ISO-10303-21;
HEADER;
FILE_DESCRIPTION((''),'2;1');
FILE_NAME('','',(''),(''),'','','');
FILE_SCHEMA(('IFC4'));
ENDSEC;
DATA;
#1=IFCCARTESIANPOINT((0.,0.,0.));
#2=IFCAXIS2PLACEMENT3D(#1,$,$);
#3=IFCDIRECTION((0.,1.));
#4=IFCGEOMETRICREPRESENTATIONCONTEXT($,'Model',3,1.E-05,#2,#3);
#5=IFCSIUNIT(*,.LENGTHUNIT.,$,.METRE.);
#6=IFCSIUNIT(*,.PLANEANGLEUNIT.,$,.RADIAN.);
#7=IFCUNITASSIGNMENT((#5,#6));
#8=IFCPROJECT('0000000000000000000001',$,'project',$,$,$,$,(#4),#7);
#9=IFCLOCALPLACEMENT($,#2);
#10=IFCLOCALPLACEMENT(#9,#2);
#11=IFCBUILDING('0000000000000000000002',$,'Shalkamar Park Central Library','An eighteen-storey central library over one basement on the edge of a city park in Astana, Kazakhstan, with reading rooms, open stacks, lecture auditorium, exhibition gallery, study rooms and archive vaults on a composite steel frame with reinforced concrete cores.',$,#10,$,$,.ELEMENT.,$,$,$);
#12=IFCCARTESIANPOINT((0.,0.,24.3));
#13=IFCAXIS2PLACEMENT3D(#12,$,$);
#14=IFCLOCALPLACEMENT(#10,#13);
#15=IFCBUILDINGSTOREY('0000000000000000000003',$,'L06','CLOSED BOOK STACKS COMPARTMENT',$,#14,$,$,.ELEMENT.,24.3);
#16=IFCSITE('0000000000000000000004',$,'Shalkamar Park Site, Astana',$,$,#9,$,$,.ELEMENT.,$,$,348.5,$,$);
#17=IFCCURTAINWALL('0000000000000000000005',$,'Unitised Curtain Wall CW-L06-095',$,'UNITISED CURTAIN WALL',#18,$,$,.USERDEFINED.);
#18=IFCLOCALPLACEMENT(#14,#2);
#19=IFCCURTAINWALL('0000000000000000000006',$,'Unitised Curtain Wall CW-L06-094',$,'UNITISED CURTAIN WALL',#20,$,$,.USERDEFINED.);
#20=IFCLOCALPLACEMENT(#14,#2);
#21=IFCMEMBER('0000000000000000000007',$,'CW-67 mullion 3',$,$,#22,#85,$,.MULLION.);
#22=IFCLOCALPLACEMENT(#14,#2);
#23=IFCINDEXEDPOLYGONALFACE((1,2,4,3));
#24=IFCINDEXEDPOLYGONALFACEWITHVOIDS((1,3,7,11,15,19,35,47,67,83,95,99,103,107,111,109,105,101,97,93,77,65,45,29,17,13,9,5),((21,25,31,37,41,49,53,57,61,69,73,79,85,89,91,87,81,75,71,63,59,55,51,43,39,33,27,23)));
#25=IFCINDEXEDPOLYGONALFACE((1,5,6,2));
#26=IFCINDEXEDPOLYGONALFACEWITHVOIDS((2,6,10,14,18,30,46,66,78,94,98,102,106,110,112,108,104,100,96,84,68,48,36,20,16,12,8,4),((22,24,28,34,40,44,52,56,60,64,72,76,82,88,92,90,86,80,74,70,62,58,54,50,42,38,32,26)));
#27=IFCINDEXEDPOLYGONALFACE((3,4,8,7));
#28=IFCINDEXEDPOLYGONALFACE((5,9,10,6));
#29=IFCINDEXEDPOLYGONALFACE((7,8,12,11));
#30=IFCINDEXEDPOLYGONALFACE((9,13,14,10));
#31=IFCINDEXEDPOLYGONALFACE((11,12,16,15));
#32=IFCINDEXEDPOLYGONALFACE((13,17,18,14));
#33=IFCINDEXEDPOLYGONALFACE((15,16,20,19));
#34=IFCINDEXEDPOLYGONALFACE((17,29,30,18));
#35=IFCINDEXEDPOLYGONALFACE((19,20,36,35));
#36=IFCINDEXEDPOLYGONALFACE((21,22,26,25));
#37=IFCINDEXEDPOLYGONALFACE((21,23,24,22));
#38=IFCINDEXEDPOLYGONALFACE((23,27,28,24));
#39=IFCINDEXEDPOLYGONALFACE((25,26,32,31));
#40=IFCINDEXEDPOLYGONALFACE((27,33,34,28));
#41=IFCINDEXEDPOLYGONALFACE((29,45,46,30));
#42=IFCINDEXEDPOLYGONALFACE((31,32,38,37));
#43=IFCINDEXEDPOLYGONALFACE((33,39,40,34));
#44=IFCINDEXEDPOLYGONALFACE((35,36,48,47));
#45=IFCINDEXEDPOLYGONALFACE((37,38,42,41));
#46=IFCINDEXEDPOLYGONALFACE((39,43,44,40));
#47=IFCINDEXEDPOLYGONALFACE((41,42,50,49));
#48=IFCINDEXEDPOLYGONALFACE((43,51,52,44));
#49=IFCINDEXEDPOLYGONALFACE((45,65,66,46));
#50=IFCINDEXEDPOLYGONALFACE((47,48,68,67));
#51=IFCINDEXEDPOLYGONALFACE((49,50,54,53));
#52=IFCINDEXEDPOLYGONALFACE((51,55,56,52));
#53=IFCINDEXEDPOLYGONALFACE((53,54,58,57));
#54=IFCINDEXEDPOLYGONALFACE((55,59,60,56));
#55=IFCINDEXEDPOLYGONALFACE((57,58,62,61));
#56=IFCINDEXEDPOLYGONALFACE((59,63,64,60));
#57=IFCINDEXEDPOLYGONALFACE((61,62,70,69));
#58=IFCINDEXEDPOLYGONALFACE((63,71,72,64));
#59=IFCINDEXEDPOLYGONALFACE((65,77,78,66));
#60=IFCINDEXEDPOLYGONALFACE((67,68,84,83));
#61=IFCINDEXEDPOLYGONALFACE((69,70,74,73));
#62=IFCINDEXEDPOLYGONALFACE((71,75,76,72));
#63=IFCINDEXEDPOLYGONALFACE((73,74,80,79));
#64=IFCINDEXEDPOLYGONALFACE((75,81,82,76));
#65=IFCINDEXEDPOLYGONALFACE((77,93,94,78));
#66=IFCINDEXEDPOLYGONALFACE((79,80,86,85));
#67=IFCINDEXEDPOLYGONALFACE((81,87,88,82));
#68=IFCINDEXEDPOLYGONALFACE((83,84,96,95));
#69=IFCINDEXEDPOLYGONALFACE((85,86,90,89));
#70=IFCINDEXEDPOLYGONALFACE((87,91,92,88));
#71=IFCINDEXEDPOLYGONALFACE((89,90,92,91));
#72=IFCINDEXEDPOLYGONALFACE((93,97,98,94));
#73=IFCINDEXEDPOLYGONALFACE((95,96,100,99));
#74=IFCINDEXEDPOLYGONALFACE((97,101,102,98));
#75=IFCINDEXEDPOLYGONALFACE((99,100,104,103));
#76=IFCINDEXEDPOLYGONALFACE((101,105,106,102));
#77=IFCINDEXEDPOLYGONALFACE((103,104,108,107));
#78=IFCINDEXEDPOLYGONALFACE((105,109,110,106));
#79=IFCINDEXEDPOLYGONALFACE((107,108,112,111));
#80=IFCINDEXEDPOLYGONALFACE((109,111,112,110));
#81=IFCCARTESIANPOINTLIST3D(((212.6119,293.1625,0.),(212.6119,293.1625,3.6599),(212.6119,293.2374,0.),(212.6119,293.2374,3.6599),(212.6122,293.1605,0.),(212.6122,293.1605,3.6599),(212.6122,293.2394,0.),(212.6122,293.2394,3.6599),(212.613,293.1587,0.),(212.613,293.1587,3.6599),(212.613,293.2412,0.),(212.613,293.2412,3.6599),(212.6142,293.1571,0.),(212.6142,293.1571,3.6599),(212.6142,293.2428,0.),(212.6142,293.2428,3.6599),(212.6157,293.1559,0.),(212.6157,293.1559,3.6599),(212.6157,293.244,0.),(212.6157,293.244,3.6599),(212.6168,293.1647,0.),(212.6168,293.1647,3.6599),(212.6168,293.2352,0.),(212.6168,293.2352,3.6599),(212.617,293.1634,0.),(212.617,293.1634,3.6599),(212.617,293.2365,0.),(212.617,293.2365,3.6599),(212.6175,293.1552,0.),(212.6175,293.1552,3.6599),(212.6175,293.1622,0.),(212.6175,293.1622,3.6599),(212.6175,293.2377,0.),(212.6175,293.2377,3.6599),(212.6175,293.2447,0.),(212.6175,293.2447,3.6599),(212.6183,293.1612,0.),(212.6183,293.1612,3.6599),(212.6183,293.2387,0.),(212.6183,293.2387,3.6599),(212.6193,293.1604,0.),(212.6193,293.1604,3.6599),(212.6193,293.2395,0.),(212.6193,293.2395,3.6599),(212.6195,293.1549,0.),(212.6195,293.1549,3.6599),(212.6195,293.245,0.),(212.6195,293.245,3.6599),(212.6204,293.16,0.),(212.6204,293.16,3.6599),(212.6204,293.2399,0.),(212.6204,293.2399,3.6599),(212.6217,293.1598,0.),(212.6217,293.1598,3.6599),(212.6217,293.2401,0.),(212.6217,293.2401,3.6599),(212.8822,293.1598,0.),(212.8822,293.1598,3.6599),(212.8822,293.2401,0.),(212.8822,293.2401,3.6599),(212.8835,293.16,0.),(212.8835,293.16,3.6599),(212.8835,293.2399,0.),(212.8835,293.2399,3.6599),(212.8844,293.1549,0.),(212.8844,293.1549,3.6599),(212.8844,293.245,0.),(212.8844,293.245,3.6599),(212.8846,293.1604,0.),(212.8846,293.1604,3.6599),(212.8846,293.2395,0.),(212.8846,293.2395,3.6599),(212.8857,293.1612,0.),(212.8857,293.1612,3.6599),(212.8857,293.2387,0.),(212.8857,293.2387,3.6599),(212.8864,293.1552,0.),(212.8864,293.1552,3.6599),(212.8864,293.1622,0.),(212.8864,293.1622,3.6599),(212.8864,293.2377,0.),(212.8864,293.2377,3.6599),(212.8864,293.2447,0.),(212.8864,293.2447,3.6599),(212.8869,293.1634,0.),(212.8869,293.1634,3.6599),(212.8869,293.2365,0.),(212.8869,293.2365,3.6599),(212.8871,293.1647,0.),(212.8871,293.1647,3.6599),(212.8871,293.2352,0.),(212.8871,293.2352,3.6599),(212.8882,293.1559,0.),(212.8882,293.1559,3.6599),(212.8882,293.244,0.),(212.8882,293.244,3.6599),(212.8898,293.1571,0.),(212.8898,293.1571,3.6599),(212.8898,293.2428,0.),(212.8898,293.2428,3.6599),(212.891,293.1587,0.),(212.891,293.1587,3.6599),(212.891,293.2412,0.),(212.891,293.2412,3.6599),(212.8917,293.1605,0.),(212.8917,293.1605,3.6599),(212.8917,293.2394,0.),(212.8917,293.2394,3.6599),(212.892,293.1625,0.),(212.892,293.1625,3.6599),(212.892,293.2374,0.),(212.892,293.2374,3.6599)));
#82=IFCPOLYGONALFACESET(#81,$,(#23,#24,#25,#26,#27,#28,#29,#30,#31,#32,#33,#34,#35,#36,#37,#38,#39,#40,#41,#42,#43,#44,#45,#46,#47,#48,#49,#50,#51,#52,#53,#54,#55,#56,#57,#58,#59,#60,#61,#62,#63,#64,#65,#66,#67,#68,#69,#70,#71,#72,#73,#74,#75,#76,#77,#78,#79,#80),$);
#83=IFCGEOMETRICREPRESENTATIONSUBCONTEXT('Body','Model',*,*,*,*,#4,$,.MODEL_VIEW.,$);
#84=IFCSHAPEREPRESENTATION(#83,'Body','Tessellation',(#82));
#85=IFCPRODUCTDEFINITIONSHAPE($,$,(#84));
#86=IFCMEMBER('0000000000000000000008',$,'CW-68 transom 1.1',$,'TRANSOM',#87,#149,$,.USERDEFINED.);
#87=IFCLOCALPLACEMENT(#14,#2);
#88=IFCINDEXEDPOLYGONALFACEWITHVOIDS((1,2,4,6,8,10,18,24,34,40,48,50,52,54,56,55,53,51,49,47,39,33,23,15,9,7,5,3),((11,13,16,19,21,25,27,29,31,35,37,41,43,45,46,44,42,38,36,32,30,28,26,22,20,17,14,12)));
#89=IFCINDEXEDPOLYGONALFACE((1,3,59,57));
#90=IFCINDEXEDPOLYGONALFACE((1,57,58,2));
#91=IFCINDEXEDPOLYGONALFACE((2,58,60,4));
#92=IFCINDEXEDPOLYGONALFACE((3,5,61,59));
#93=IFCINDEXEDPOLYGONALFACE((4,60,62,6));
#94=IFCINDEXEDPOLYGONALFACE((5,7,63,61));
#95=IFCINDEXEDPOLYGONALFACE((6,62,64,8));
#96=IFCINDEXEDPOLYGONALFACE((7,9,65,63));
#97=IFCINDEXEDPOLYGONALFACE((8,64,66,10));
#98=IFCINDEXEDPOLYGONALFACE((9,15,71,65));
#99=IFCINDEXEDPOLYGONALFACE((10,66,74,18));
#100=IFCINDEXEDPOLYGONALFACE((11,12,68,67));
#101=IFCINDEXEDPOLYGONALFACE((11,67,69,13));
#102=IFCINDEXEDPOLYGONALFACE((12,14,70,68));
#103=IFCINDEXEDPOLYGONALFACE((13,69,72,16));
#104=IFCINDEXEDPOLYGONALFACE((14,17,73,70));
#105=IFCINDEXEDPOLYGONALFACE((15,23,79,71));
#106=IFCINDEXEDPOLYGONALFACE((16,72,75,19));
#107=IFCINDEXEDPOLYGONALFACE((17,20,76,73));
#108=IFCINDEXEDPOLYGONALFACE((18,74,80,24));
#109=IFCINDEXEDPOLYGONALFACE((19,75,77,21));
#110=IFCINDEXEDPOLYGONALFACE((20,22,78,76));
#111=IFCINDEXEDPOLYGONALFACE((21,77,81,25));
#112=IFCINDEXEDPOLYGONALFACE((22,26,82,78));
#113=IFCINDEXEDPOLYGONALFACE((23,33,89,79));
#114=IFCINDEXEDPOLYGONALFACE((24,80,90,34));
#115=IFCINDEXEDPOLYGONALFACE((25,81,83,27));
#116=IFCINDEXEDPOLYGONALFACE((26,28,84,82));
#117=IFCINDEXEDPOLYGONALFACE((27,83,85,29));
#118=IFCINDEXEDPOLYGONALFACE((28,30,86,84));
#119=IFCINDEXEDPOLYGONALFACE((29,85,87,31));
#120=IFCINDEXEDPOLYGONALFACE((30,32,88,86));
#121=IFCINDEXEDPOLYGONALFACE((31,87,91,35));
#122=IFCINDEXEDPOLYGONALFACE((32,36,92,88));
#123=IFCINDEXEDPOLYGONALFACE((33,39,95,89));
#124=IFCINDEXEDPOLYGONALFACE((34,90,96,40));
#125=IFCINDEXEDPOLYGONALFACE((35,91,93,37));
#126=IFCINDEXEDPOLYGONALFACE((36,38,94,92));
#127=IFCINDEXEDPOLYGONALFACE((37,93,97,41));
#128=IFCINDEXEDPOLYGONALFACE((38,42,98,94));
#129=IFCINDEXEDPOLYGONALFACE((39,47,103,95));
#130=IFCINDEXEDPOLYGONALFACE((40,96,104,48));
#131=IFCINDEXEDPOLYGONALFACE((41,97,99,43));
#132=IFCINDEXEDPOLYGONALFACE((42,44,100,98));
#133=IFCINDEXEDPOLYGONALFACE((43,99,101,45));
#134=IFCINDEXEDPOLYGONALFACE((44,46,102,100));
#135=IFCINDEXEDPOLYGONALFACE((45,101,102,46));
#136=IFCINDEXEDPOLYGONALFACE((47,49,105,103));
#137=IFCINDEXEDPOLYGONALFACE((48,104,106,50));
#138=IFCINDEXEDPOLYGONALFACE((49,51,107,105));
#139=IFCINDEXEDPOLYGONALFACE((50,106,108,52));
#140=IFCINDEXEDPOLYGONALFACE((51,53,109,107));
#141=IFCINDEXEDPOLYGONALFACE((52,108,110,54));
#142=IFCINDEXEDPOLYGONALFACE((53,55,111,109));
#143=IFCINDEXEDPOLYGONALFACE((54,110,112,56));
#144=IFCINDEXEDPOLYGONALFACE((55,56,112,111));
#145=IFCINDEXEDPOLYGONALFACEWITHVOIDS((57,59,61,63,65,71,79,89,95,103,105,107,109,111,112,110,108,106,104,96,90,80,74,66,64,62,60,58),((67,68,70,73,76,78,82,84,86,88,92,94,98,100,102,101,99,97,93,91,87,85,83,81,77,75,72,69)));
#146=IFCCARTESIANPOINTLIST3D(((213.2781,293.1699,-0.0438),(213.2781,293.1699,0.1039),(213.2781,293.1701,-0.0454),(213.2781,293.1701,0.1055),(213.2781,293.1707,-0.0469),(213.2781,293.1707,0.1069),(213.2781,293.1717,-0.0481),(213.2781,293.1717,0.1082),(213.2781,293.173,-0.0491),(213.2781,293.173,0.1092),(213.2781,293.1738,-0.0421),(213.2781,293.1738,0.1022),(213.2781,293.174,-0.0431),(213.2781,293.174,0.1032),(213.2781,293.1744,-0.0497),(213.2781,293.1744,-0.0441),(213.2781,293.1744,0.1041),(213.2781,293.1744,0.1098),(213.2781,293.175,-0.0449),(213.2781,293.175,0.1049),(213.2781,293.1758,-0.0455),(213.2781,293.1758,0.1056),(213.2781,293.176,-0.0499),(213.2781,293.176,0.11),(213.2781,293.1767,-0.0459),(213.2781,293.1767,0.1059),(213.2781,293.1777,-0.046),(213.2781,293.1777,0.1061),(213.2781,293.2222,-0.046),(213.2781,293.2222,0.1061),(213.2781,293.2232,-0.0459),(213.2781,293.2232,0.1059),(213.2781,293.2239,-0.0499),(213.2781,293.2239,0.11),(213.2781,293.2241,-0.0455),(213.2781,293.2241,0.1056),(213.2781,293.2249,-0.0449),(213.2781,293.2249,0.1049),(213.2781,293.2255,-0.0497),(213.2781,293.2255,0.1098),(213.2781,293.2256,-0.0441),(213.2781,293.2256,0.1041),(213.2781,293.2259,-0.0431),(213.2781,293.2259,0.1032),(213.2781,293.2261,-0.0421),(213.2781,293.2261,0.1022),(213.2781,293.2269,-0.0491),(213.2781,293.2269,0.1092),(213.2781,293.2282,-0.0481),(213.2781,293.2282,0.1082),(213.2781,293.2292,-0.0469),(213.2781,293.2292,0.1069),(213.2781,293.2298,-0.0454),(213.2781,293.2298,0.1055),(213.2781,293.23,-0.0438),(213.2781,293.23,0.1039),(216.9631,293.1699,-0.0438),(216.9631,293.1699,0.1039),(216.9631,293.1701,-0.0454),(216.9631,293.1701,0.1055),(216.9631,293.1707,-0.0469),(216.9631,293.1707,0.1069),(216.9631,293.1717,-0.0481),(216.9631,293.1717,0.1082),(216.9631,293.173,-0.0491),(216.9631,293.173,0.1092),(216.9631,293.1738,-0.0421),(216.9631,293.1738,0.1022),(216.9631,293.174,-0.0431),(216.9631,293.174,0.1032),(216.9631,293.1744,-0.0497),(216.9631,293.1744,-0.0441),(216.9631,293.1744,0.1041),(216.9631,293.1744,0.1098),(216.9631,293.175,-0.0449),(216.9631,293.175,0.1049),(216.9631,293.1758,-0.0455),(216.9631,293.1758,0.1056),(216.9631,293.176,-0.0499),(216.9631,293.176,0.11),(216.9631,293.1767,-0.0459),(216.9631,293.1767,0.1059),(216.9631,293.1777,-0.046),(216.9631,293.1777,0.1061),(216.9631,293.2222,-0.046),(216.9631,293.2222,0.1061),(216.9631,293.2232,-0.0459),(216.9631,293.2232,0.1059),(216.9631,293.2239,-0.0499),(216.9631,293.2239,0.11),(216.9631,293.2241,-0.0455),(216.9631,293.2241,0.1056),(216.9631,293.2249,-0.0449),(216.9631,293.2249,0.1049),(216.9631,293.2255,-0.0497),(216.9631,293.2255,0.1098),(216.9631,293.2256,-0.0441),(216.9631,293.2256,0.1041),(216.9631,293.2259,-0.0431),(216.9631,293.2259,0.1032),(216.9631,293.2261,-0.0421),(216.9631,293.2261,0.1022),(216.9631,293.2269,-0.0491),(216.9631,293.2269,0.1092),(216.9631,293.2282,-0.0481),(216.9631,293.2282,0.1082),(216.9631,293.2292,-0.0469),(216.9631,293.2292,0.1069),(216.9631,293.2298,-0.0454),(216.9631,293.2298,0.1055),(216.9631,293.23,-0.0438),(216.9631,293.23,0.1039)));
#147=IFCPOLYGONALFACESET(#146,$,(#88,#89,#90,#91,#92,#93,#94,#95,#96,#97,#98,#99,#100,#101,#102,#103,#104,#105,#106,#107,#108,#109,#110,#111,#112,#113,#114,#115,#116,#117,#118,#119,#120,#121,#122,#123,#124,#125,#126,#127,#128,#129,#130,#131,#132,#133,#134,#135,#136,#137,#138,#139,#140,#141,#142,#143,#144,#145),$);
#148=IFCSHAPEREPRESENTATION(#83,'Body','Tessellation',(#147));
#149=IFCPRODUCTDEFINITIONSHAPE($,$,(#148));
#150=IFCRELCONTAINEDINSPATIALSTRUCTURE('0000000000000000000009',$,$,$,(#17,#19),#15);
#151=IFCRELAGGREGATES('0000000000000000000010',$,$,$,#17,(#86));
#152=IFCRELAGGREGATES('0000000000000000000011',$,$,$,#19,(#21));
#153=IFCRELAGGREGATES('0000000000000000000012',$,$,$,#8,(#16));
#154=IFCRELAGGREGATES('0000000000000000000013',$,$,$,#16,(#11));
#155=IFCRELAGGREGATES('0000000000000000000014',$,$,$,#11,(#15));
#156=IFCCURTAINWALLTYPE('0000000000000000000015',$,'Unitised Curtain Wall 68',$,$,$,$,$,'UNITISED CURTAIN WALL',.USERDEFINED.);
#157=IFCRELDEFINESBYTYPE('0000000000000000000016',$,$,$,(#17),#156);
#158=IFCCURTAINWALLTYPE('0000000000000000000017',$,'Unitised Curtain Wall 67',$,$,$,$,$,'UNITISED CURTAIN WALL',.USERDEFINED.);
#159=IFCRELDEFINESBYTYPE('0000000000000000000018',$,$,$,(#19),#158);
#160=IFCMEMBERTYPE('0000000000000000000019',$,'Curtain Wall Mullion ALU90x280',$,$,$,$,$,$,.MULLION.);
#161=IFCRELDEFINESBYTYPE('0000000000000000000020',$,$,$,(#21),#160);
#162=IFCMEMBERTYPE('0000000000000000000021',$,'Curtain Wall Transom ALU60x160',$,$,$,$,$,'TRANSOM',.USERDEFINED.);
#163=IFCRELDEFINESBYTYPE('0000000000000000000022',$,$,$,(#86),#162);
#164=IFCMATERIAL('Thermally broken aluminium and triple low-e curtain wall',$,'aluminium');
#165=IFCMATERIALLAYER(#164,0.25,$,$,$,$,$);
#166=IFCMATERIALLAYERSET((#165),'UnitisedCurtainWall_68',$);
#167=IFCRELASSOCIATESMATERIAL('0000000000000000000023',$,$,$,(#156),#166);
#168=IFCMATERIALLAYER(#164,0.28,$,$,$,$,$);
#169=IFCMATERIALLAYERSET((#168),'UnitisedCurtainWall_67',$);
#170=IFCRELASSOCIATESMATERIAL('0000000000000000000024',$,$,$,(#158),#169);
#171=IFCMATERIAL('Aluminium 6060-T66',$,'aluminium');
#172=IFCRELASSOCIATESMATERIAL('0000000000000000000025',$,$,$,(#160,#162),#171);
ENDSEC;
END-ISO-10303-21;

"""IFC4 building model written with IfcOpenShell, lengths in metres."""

from ifc_helpers import new_model, si_unit, direction, frame, origin, origin_2d, place, context, subcontext, project, spatial, hollow_rectangle, extrude, material, layer, layer_set, material_profile, profile_set, type_object, element, aggregate, save


model = new_model("IFC4")

# Units and contexts
model_context = context("Model", 3, precision=1e-05, world=origin(), true_north=direction((0.0, 1.0)))
body_context = subcontext(model_context, "Body", "Model", "MODEL_VIEW")
ifc_project = project(units=[si_unit("LENGTHUNIT", "METRE"), si_unit("PLANEANGLEUNIT", "RADIAN")], contexts=[model_context])

# Site, building, storey
site_placement = place(None, origin())
site = spatial("IfcSite", under=ifc_project, at=site_placement, Name="Shalkamar Park Site, Astana", CompositionType="ELEMENT", RefElevation=348.5)
building_placement = place(site_placement, origin())
building = spatial("IfcBuilding", under=site, at=building_placement, Name="Shalkamar Park Central Library", Description="An eighteen-storey central library over one basement on the edge of a city park in Astana, Kazakhstan, with reading rooms, open stacks, lecture auditorium, exhibition gallery, study rooms and archive vaults on a composite steel frame with reinforced concrete cores.", CompositionType="ELEMENT")
storey_placement = place(building_placement, frame((0.0, 0.0, 24.3)))
storey = spatial("IfcBuildingStorey", under=building, at=storey_placement, Name="L06", Description="CLOSED BOOK STACKS COMPARTMENT", CompositionType="ELEMENT", Elevation=24.3)

# Curtain wall
ifc_material_1 = material(Name="Thermally broken aluminium and triple low-e curtain wall", Category="aluminium")
ifc_layer_1 = layer(ifc_material_1, 0.25)
ifc_layer_set_1 = layer_set([ifc_layer_1], Name="UnitisedCurtainWall_68")
curtain_wall_type_1 = type_object("IfcCurtainWallType", Name="Unitised Curtain Wall 68", ElementType="UNITISED CURTAIN WALL", PredefinedType="USERDEFINED", material=ifc_layer_set_1)
curtain_wall_1_placement = place(storey_placement, origin())
curtain_wall_1 = element("IfcCurtainWall", 1, at=curtain_wall_1_placement, inside=storey, type_object=curtain_wall_type_1, Name="Unitised Curtain Wall CW-L06-095", ObjectType="UNITISED CURTAIN WALL", PredefinedType="USERDEFINED")
ifc_material_2 = material(Name="Aluminium 6060-T66", Category="aluminium")

# Curtain wall, member
ifc_layer_2 = layer(ifc_material_1, 0.28)
ifc_layer_set_2 = layer_set([ifc_layer_2], Name="UnitisedCurtainWall_67")
curtain_wall_type_2 = type_object("IfcCurtainWallType", Name="Unitised Curtain Wall 67", ElementType="UNITISED CURTAIN WALL", PredefinedType="USERDEFINED", material=ifc_layer_set_2)
curtain_wall_2_placement = place(storey_placement, origin())
curtain_wall_2 = element("IfcCurtainWall", 2, at=curtain_wall_2_placement, inside=storey, type_object=curtain_wall_type_2, Name="Unitised Curtain Wall CW-L06-094", ObjectType="UNITISED CURTAIN WALL", PredefinedType="USERDEFINED")
ifc_material_profile_1 = material_profile(ifc_material_2, hollow_rectangle(XDim=0.0901, YDim=0.28, WallThickness=0.0049, InnerFilletRadius=0.0049, OuterFilletRadius=0.0076, at=origin_2d()), Name="ALU 90x280x5")
ifc_profile_set_1 = profile_set([ifc_material_profile_1], Name="Aluminium 6060-T66")
member_type_1 = type_object("IfcMemberType", Name="Curtain Wall Mullion ALU90x280", PredefinedType="MULLION", material=ifc_profile_set_1)
member_1_placement = place(storey_placement, frame((212.752, 293.2, 0.0), z_axis=(0.0, 0.0, 1.0), x_axis=(0.0, 1.0, 0.0)))
member_1 = element("IfcMember", 3, at=member_1_placement, type_object=member_type_1, Name="CW-67 mullion 3", PredefinedType="MULLION", context=body_context, shape_type="SweptSolid", body=[
    extrude(hollow_rectangle(XDim=0.0901, YDim=0.28, WallThickness=0.0049, InnerFilletRadius=0.0049, OuterFilletRadius=0.0076, at=origin_2d()), origin(), (0.0, 0.0, 1.0), 3.6599),
])

# Member
ifc_material_profile_2 = material_profile(ifc_material_2, hollow_rectangle(XDim=0.0601, YDim=0.1599, WallThickness=0.0039, InnerFilletRadius=0.0039, OuterFilletRadius=0.0061, at=origin_2d()), Name="ALU 60x160x4")
ifc_profile_set_2 = profile_set([ifc_material_profile_2], Name="Aluminium 6060-T66")
member_type_2 = type_object("IfcMemberType", Name="Curtain Wall Transom ALU60x160", ElementType="TRANSOM", PredefinedType="USERDEFINED", material=ifc_profile_set_2)
member_2_placement = place(storey_placement, frame((213.2781, 293.2, 0.03), z_axis=(1.0, 0.0, 0.0), x_axis=(0.0, 1.0, 0.0)))
member_2 = element("IfcMember", 4, at=member_2_placement, type_object=member_type_2, Name="CW-68 transom 1.1", ObjectType="TRANSOM", PredefinedType="USERDEFINED", context=body_context, shape_type="SweptSolid", body=[
    extrude(hollow_rectangle(XDim=0.0601, YDim=0.1599, WallThickness=0.0039, InnerFilletRadius=0.0039, OuterFilletRadius=0.0061, at=origin_2d()), origin(), (0.0, 0.0, 1.0), 3.6851),
])

aggregate(curtain_wall_1, [member_2])
aggregate(curtain_wall_2, [member_1])

save(model, "model.ifc")
